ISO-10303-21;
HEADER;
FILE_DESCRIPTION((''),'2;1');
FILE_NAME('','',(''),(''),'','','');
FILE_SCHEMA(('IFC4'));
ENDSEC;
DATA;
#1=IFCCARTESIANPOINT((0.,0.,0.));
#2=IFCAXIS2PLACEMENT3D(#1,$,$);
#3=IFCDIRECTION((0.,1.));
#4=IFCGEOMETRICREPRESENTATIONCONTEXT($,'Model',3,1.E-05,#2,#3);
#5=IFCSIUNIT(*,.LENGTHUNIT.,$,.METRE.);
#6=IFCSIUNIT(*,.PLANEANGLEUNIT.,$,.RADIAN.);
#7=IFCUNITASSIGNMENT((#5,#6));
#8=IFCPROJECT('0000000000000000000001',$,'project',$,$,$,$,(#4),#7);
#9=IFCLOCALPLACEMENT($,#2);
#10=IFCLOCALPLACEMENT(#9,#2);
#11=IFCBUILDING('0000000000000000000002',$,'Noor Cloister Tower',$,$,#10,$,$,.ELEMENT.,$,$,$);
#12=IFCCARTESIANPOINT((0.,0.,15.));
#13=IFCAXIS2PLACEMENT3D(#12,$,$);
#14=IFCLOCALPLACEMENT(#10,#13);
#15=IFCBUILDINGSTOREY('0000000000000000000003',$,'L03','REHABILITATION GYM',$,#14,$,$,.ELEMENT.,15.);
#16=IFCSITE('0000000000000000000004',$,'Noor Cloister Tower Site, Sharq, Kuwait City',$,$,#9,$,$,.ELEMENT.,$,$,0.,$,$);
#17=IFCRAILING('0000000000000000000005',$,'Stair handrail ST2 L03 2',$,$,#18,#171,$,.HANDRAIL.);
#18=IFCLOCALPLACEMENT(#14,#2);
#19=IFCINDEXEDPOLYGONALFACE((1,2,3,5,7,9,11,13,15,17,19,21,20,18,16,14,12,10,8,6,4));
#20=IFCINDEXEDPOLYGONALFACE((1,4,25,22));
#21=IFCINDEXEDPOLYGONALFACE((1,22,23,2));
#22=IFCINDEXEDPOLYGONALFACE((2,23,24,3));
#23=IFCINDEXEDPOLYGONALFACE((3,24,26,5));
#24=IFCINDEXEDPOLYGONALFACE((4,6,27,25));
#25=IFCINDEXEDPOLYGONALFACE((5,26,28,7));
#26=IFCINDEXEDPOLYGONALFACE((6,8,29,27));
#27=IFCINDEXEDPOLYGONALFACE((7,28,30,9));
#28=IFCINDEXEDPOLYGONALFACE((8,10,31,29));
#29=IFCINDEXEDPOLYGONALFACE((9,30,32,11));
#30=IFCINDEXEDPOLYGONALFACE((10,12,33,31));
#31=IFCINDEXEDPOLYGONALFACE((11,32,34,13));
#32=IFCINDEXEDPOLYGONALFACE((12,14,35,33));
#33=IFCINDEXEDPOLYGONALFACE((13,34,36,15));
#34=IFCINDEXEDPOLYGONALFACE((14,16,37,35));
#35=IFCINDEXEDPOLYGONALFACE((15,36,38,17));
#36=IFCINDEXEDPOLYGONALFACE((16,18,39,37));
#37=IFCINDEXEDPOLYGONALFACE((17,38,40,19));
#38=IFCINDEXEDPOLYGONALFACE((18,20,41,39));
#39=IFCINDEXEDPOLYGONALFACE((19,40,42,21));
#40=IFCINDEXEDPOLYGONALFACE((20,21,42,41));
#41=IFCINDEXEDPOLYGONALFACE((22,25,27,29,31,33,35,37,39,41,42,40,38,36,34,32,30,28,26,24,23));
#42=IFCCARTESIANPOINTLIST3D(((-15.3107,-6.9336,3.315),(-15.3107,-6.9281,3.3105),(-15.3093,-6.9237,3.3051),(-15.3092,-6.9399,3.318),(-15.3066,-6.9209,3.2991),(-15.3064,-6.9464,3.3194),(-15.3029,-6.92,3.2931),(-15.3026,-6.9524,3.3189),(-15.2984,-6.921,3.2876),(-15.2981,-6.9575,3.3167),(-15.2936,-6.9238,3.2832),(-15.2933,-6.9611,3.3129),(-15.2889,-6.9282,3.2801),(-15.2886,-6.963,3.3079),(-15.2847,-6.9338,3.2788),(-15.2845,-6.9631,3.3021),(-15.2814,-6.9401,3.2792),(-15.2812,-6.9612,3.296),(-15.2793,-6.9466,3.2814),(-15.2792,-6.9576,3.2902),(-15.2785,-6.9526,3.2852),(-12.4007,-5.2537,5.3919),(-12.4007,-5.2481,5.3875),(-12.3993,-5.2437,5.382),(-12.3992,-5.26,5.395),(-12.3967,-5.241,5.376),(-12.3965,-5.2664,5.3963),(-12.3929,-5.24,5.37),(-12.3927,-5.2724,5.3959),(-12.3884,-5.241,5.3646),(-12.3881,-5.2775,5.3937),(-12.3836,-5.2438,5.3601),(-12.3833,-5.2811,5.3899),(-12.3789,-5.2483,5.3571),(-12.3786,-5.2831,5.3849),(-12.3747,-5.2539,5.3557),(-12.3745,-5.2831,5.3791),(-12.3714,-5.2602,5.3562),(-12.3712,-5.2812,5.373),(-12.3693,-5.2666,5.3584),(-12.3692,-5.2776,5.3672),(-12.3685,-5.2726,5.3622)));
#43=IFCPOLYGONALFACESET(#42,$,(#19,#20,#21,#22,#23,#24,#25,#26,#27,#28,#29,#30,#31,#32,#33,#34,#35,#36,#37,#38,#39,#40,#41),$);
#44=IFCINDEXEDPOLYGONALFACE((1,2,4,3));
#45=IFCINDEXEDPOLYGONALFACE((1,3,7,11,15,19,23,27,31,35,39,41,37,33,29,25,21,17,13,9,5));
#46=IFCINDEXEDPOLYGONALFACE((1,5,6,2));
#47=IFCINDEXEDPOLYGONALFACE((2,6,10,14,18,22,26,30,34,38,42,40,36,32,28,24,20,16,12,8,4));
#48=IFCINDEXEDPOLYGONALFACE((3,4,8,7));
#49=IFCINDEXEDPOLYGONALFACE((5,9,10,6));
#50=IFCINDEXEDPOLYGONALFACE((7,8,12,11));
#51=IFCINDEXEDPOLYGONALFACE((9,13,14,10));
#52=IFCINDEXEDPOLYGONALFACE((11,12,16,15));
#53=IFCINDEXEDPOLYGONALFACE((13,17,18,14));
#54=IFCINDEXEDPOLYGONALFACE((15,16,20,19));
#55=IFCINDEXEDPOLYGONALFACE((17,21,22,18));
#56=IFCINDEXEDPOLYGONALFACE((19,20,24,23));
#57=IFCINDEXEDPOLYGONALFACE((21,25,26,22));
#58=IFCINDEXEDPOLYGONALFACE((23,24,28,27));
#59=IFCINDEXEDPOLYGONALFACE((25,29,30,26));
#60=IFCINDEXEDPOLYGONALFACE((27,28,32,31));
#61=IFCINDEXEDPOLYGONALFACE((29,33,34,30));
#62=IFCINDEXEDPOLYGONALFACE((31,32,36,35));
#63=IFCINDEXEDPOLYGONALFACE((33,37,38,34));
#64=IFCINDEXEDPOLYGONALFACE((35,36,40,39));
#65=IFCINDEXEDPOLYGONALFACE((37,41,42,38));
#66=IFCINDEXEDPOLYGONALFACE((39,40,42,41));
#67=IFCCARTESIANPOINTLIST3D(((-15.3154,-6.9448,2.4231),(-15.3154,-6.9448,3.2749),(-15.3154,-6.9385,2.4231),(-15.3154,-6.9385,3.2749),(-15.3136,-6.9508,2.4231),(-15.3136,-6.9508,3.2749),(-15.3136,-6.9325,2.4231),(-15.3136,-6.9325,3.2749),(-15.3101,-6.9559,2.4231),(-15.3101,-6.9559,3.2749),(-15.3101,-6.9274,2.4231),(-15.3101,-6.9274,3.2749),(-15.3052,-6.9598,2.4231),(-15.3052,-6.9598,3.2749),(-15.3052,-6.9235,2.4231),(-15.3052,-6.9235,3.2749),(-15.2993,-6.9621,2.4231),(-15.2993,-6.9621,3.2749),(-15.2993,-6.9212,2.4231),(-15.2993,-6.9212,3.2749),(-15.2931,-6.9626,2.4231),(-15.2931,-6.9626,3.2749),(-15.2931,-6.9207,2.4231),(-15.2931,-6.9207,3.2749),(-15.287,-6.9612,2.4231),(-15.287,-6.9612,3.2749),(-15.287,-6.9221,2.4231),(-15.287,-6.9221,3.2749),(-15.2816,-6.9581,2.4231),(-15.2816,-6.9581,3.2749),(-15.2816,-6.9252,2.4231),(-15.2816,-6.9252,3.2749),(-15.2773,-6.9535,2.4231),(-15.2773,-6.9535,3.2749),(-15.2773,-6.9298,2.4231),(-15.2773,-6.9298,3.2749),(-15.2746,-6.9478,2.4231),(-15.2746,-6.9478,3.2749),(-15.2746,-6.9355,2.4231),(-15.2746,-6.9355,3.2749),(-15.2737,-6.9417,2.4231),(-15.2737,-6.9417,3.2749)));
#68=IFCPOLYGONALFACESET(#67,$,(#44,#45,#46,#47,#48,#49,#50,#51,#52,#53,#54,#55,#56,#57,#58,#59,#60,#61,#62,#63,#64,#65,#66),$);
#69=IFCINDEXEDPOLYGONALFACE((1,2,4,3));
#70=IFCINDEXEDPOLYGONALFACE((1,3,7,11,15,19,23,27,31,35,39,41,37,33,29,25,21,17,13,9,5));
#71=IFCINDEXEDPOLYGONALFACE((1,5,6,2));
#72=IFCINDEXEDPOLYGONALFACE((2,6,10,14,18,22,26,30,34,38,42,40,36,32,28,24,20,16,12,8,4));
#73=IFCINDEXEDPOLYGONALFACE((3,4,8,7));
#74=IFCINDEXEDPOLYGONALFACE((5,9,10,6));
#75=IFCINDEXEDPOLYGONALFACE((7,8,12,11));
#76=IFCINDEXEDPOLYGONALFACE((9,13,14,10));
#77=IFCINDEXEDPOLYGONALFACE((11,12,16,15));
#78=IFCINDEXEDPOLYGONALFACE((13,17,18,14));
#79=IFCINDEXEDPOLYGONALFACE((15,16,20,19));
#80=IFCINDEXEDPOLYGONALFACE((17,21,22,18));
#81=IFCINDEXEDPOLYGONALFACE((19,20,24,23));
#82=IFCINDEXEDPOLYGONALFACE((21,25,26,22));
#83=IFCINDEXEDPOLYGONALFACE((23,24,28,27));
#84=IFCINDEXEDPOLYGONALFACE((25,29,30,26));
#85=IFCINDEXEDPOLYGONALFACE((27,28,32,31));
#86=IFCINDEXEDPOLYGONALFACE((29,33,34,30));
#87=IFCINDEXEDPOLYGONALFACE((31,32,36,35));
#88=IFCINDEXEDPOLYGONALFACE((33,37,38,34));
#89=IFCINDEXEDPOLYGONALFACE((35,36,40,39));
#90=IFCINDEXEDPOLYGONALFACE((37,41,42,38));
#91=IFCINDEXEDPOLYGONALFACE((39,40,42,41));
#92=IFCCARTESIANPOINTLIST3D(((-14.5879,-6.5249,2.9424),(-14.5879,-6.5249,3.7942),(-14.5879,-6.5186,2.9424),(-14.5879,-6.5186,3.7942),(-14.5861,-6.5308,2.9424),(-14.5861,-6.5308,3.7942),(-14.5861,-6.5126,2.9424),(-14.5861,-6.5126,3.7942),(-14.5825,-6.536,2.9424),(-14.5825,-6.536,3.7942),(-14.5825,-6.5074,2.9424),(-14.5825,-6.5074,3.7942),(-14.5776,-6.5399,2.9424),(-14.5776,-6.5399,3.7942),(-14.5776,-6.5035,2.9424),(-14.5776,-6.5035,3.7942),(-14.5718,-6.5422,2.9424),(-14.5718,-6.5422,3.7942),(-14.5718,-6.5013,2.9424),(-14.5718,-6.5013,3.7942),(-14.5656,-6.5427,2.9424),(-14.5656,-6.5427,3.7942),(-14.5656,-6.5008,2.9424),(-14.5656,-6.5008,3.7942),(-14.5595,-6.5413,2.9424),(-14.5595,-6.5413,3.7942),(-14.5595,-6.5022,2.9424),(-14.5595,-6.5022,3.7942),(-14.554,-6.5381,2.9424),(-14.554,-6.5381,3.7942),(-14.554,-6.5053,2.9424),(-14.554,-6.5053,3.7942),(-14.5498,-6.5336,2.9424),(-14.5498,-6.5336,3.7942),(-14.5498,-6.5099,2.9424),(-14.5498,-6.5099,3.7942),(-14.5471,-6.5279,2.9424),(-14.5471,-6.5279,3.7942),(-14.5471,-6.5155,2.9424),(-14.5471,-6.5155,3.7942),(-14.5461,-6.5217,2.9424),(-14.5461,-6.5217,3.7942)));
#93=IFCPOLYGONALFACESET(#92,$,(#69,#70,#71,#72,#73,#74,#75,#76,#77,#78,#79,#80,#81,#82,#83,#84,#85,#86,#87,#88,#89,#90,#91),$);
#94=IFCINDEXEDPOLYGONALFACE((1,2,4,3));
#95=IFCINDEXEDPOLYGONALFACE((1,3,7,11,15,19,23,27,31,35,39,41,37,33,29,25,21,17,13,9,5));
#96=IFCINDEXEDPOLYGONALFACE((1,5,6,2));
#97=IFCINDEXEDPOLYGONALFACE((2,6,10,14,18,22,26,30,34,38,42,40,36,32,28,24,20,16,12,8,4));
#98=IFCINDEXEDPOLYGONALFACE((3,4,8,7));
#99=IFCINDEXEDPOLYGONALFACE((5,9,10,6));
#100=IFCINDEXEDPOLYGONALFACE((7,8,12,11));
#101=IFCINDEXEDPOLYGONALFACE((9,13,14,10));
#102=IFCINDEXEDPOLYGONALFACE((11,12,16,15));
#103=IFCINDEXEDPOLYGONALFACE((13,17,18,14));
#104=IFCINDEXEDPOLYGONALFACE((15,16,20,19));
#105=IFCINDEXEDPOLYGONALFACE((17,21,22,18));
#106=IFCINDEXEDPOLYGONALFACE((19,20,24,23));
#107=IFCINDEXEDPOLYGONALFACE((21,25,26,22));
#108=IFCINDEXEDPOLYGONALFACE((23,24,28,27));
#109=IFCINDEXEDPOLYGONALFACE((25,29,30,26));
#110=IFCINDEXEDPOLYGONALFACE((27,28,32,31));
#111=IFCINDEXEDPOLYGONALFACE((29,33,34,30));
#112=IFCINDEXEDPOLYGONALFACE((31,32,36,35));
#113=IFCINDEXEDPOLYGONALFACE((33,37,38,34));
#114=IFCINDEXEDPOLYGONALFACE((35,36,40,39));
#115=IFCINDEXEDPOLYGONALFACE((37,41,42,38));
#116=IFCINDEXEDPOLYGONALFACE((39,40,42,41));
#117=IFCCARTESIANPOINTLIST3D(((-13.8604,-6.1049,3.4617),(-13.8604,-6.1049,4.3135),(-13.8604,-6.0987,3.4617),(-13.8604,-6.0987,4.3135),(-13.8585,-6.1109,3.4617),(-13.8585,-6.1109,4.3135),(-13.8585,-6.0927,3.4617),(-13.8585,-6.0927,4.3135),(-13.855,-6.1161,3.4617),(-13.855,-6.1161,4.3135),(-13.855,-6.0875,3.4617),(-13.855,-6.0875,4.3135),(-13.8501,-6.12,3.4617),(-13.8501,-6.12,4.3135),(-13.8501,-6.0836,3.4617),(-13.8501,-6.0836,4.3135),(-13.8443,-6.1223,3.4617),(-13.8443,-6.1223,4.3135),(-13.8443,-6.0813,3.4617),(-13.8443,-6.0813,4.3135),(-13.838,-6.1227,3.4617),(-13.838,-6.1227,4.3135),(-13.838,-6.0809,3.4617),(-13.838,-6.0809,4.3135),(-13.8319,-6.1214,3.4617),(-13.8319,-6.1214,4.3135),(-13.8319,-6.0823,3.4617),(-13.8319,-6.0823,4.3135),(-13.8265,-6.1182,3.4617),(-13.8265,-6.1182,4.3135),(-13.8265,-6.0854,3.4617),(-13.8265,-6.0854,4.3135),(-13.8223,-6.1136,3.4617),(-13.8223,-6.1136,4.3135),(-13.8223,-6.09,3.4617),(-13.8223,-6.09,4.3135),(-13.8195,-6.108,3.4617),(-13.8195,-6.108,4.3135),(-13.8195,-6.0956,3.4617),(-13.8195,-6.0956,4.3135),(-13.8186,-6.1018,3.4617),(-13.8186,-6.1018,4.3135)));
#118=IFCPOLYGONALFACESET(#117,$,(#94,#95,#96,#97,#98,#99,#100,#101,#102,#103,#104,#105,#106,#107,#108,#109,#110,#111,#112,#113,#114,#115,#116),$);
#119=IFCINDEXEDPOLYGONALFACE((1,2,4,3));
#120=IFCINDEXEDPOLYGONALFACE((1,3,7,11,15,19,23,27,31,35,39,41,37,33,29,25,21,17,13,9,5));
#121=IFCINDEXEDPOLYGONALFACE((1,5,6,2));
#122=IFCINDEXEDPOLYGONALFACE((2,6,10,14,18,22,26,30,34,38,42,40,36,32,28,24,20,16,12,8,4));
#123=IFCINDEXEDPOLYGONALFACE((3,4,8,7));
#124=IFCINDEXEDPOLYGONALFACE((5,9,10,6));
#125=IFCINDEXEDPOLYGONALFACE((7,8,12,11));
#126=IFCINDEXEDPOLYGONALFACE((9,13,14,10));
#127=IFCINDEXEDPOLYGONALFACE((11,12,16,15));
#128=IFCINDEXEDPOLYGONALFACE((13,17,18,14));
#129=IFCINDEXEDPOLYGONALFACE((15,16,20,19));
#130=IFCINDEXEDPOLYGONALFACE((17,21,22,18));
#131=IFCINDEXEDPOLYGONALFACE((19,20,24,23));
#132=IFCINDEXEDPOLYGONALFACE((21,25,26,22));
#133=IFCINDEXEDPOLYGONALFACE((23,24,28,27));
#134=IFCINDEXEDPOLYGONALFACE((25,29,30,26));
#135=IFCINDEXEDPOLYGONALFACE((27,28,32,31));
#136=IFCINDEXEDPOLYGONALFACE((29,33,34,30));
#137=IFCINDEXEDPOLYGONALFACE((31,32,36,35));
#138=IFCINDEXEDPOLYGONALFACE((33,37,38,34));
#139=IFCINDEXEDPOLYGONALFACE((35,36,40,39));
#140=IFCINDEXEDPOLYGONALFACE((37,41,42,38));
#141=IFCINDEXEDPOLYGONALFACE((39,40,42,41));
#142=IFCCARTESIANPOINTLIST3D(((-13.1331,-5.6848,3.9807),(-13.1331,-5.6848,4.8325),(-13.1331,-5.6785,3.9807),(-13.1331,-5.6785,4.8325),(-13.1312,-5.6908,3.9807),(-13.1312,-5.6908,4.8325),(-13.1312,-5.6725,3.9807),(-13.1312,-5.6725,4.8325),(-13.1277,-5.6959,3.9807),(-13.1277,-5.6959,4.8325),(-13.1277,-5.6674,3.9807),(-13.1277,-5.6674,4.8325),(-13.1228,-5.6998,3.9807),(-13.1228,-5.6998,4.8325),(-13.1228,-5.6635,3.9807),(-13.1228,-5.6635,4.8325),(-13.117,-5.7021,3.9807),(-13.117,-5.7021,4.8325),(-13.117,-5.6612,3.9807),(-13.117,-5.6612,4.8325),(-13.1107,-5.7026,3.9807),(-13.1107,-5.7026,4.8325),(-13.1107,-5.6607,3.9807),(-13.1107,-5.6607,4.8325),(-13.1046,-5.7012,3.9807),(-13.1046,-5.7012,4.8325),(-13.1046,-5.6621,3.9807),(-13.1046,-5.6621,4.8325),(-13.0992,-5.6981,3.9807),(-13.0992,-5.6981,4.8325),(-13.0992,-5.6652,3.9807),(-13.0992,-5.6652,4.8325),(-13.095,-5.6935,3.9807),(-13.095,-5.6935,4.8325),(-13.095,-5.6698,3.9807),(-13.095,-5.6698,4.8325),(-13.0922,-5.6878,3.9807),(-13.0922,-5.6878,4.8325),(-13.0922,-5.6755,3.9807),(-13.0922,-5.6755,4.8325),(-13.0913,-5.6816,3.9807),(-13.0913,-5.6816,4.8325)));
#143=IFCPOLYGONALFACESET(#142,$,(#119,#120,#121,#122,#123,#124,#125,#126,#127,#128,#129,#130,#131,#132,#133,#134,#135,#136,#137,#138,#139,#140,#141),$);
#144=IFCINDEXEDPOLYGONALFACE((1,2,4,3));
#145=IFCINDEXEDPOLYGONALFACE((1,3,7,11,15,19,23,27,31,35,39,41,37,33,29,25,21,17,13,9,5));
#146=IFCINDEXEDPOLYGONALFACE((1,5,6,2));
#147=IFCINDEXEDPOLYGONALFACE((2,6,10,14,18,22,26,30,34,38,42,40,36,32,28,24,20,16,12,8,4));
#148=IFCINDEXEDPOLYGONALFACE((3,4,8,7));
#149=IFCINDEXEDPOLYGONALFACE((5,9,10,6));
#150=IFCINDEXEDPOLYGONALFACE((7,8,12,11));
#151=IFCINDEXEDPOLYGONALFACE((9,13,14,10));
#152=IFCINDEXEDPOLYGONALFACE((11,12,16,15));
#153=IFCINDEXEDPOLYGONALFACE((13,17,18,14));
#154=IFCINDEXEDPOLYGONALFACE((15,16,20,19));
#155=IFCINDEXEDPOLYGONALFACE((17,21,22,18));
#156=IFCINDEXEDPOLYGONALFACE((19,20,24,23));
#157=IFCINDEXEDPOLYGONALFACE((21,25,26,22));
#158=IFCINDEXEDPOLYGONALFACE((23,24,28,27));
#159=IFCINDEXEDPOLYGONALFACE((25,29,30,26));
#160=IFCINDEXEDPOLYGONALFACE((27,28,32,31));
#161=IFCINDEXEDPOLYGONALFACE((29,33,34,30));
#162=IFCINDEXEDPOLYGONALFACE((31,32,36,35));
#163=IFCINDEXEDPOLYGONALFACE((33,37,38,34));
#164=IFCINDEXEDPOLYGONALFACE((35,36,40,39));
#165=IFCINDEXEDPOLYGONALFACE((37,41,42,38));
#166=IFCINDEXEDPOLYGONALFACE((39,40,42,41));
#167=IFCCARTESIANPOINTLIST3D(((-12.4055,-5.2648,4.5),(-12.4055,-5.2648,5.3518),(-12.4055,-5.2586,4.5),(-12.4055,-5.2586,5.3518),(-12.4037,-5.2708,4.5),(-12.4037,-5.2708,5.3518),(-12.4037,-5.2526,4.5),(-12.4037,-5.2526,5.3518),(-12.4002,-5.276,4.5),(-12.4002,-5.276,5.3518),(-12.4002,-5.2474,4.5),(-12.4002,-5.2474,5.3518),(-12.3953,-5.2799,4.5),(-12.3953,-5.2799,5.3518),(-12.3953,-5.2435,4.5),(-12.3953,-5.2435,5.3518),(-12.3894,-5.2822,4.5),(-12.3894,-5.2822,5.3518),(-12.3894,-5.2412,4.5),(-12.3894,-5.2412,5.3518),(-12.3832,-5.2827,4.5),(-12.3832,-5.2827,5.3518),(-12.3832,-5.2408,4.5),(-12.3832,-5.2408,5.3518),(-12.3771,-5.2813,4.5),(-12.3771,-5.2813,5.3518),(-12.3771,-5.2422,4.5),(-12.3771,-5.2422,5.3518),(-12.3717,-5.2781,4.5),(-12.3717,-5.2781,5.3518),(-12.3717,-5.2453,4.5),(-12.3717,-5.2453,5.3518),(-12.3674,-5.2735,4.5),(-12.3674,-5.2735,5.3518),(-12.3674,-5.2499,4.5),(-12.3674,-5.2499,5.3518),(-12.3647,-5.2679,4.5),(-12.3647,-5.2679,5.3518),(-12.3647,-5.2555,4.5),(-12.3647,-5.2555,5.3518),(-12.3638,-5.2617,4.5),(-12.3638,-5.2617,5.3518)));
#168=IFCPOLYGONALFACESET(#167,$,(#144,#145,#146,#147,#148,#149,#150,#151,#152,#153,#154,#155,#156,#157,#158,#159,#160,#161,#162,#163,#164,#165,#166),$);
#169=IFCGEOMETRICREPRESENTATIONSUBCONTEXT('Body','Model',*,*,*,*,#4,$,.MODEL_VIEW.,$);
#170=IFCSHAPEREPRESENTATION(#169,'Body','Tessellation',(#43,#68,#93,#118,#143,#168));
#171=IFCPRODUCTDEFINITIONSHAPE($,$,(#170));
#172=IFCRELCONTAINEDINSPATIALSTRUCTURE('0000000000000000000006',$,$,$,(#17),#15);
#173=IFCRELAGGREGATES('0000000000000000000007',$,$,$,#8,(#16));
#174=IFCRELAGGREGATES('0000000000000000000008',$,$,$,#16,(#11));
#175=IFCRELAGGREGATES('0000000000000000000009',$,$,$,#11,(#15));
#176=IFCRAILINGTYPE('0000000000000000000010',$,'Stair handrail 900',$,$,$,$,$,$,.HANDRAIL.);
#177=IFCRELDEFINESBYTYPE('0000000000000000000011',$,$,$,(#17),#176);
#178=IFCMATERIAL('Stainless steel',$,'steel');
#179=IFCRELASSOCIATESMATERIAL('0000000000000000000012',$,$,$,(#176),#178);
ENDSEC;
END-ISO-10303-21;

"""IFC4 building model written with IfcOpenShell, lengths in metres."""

from ifc_helpers import new_model, si_unit, direction, frame, origin, origin_2d, place, context, subcontext, project, spatial, circle, extrude, material, type_object, element, save


model = new_model("IFC4")

# Units and contexts
model_context = context("Model", 3, precision=1e-05, world=origin(), true_north=direction((0.0, 1.0)))
body_context = subcontext(model_context, "Body", "Model", "MODEL_VIEW")
ifc_project = project(units=[si_unit("LENGTHUNIT", "METRE"), si_unit("PLANEANGLEUNIT", "RADIAN")], contexts=[model_context])

# Site, building, storey
site_placement = place(None, origin())
site = spatial("IfcSite", under=ifc_project, at=site_placement, Name="Noor Cloister Tower Site, Sharq, Kuwait City", CompositionType="ELEMENT", RefElevation=0.0)
building_placement = place(site_placement, origin())
building = spatial("IfcBuilding", under=site, at=building_placement, Name="Noor Cloister Tower", CompositionType="ELEMENT")
storey_placement = place(building_placement, frame((0.0, 0.0, 15.0)))
storey = spatial("IfcBuildingStorey", under=building, at=storey_placement, Name="L03", Description="REHABILITATION GYM", CompositionType="ELEMENT", Elevation=15.0)

# Railing
ifc_material_1 = material(Name="Stainless steel", Category="steel")
railing_type = type_object("IfcRailingType", Name="Stair handrail 900", PredefinedType="HANDRAIL", material=ifc_material_1)
railing_placement = place(storey_placement, frame((-15.2947, -6.9417, 2.4231)))
element("IfcRailing", 1, at=railing_placement, inside=storey, type_object=railing_type, Name="Stair handrail ST2 L03 2", PredefinedType="HANDRAIL", context=body_context, shape_type="SweptSolid", body=[
    extrude(circle(Radius=0.0239, at=origin_2d()), frame((0.0, 0.0, 0.876), z_axis=(0.736668, 0.425288, 0.525785), x_axis=(-0.499976, 0.866039, 0.0)), (0.0, 0.0, 1.0), 3.9502),
    extrude(circle(Radius=0.021, at=origin_2d()), origin(), (0.0, 0.0, 1.0), 0.8518),
    extrude(circle(Radius=0.021, at=origin_2d()), frame((0.7275, 0.4199, 0.5193)), (0.0, 0.0, 1.0), 0.8518),
    extrude(circle(Radius=0.021, at=origin_2d()), frame((1.4551, 0.8398, 1.0386)), (0.0, 0.0, 1.0), 0.8518),
    extrude(circle(Radius=0.021, at=origin_2d()), frame((2.1824, 1.26, 1.5576)), (0.0, 0.0, 1.0), 0.8518),
    extrude(circle(Radius=0.021, at=origin_2d()), frame((2.9099, 1.6799, 2.0769)), (0.0, 0.0, 1.0), 0.8518),
])

save(model, "model.ifc")
